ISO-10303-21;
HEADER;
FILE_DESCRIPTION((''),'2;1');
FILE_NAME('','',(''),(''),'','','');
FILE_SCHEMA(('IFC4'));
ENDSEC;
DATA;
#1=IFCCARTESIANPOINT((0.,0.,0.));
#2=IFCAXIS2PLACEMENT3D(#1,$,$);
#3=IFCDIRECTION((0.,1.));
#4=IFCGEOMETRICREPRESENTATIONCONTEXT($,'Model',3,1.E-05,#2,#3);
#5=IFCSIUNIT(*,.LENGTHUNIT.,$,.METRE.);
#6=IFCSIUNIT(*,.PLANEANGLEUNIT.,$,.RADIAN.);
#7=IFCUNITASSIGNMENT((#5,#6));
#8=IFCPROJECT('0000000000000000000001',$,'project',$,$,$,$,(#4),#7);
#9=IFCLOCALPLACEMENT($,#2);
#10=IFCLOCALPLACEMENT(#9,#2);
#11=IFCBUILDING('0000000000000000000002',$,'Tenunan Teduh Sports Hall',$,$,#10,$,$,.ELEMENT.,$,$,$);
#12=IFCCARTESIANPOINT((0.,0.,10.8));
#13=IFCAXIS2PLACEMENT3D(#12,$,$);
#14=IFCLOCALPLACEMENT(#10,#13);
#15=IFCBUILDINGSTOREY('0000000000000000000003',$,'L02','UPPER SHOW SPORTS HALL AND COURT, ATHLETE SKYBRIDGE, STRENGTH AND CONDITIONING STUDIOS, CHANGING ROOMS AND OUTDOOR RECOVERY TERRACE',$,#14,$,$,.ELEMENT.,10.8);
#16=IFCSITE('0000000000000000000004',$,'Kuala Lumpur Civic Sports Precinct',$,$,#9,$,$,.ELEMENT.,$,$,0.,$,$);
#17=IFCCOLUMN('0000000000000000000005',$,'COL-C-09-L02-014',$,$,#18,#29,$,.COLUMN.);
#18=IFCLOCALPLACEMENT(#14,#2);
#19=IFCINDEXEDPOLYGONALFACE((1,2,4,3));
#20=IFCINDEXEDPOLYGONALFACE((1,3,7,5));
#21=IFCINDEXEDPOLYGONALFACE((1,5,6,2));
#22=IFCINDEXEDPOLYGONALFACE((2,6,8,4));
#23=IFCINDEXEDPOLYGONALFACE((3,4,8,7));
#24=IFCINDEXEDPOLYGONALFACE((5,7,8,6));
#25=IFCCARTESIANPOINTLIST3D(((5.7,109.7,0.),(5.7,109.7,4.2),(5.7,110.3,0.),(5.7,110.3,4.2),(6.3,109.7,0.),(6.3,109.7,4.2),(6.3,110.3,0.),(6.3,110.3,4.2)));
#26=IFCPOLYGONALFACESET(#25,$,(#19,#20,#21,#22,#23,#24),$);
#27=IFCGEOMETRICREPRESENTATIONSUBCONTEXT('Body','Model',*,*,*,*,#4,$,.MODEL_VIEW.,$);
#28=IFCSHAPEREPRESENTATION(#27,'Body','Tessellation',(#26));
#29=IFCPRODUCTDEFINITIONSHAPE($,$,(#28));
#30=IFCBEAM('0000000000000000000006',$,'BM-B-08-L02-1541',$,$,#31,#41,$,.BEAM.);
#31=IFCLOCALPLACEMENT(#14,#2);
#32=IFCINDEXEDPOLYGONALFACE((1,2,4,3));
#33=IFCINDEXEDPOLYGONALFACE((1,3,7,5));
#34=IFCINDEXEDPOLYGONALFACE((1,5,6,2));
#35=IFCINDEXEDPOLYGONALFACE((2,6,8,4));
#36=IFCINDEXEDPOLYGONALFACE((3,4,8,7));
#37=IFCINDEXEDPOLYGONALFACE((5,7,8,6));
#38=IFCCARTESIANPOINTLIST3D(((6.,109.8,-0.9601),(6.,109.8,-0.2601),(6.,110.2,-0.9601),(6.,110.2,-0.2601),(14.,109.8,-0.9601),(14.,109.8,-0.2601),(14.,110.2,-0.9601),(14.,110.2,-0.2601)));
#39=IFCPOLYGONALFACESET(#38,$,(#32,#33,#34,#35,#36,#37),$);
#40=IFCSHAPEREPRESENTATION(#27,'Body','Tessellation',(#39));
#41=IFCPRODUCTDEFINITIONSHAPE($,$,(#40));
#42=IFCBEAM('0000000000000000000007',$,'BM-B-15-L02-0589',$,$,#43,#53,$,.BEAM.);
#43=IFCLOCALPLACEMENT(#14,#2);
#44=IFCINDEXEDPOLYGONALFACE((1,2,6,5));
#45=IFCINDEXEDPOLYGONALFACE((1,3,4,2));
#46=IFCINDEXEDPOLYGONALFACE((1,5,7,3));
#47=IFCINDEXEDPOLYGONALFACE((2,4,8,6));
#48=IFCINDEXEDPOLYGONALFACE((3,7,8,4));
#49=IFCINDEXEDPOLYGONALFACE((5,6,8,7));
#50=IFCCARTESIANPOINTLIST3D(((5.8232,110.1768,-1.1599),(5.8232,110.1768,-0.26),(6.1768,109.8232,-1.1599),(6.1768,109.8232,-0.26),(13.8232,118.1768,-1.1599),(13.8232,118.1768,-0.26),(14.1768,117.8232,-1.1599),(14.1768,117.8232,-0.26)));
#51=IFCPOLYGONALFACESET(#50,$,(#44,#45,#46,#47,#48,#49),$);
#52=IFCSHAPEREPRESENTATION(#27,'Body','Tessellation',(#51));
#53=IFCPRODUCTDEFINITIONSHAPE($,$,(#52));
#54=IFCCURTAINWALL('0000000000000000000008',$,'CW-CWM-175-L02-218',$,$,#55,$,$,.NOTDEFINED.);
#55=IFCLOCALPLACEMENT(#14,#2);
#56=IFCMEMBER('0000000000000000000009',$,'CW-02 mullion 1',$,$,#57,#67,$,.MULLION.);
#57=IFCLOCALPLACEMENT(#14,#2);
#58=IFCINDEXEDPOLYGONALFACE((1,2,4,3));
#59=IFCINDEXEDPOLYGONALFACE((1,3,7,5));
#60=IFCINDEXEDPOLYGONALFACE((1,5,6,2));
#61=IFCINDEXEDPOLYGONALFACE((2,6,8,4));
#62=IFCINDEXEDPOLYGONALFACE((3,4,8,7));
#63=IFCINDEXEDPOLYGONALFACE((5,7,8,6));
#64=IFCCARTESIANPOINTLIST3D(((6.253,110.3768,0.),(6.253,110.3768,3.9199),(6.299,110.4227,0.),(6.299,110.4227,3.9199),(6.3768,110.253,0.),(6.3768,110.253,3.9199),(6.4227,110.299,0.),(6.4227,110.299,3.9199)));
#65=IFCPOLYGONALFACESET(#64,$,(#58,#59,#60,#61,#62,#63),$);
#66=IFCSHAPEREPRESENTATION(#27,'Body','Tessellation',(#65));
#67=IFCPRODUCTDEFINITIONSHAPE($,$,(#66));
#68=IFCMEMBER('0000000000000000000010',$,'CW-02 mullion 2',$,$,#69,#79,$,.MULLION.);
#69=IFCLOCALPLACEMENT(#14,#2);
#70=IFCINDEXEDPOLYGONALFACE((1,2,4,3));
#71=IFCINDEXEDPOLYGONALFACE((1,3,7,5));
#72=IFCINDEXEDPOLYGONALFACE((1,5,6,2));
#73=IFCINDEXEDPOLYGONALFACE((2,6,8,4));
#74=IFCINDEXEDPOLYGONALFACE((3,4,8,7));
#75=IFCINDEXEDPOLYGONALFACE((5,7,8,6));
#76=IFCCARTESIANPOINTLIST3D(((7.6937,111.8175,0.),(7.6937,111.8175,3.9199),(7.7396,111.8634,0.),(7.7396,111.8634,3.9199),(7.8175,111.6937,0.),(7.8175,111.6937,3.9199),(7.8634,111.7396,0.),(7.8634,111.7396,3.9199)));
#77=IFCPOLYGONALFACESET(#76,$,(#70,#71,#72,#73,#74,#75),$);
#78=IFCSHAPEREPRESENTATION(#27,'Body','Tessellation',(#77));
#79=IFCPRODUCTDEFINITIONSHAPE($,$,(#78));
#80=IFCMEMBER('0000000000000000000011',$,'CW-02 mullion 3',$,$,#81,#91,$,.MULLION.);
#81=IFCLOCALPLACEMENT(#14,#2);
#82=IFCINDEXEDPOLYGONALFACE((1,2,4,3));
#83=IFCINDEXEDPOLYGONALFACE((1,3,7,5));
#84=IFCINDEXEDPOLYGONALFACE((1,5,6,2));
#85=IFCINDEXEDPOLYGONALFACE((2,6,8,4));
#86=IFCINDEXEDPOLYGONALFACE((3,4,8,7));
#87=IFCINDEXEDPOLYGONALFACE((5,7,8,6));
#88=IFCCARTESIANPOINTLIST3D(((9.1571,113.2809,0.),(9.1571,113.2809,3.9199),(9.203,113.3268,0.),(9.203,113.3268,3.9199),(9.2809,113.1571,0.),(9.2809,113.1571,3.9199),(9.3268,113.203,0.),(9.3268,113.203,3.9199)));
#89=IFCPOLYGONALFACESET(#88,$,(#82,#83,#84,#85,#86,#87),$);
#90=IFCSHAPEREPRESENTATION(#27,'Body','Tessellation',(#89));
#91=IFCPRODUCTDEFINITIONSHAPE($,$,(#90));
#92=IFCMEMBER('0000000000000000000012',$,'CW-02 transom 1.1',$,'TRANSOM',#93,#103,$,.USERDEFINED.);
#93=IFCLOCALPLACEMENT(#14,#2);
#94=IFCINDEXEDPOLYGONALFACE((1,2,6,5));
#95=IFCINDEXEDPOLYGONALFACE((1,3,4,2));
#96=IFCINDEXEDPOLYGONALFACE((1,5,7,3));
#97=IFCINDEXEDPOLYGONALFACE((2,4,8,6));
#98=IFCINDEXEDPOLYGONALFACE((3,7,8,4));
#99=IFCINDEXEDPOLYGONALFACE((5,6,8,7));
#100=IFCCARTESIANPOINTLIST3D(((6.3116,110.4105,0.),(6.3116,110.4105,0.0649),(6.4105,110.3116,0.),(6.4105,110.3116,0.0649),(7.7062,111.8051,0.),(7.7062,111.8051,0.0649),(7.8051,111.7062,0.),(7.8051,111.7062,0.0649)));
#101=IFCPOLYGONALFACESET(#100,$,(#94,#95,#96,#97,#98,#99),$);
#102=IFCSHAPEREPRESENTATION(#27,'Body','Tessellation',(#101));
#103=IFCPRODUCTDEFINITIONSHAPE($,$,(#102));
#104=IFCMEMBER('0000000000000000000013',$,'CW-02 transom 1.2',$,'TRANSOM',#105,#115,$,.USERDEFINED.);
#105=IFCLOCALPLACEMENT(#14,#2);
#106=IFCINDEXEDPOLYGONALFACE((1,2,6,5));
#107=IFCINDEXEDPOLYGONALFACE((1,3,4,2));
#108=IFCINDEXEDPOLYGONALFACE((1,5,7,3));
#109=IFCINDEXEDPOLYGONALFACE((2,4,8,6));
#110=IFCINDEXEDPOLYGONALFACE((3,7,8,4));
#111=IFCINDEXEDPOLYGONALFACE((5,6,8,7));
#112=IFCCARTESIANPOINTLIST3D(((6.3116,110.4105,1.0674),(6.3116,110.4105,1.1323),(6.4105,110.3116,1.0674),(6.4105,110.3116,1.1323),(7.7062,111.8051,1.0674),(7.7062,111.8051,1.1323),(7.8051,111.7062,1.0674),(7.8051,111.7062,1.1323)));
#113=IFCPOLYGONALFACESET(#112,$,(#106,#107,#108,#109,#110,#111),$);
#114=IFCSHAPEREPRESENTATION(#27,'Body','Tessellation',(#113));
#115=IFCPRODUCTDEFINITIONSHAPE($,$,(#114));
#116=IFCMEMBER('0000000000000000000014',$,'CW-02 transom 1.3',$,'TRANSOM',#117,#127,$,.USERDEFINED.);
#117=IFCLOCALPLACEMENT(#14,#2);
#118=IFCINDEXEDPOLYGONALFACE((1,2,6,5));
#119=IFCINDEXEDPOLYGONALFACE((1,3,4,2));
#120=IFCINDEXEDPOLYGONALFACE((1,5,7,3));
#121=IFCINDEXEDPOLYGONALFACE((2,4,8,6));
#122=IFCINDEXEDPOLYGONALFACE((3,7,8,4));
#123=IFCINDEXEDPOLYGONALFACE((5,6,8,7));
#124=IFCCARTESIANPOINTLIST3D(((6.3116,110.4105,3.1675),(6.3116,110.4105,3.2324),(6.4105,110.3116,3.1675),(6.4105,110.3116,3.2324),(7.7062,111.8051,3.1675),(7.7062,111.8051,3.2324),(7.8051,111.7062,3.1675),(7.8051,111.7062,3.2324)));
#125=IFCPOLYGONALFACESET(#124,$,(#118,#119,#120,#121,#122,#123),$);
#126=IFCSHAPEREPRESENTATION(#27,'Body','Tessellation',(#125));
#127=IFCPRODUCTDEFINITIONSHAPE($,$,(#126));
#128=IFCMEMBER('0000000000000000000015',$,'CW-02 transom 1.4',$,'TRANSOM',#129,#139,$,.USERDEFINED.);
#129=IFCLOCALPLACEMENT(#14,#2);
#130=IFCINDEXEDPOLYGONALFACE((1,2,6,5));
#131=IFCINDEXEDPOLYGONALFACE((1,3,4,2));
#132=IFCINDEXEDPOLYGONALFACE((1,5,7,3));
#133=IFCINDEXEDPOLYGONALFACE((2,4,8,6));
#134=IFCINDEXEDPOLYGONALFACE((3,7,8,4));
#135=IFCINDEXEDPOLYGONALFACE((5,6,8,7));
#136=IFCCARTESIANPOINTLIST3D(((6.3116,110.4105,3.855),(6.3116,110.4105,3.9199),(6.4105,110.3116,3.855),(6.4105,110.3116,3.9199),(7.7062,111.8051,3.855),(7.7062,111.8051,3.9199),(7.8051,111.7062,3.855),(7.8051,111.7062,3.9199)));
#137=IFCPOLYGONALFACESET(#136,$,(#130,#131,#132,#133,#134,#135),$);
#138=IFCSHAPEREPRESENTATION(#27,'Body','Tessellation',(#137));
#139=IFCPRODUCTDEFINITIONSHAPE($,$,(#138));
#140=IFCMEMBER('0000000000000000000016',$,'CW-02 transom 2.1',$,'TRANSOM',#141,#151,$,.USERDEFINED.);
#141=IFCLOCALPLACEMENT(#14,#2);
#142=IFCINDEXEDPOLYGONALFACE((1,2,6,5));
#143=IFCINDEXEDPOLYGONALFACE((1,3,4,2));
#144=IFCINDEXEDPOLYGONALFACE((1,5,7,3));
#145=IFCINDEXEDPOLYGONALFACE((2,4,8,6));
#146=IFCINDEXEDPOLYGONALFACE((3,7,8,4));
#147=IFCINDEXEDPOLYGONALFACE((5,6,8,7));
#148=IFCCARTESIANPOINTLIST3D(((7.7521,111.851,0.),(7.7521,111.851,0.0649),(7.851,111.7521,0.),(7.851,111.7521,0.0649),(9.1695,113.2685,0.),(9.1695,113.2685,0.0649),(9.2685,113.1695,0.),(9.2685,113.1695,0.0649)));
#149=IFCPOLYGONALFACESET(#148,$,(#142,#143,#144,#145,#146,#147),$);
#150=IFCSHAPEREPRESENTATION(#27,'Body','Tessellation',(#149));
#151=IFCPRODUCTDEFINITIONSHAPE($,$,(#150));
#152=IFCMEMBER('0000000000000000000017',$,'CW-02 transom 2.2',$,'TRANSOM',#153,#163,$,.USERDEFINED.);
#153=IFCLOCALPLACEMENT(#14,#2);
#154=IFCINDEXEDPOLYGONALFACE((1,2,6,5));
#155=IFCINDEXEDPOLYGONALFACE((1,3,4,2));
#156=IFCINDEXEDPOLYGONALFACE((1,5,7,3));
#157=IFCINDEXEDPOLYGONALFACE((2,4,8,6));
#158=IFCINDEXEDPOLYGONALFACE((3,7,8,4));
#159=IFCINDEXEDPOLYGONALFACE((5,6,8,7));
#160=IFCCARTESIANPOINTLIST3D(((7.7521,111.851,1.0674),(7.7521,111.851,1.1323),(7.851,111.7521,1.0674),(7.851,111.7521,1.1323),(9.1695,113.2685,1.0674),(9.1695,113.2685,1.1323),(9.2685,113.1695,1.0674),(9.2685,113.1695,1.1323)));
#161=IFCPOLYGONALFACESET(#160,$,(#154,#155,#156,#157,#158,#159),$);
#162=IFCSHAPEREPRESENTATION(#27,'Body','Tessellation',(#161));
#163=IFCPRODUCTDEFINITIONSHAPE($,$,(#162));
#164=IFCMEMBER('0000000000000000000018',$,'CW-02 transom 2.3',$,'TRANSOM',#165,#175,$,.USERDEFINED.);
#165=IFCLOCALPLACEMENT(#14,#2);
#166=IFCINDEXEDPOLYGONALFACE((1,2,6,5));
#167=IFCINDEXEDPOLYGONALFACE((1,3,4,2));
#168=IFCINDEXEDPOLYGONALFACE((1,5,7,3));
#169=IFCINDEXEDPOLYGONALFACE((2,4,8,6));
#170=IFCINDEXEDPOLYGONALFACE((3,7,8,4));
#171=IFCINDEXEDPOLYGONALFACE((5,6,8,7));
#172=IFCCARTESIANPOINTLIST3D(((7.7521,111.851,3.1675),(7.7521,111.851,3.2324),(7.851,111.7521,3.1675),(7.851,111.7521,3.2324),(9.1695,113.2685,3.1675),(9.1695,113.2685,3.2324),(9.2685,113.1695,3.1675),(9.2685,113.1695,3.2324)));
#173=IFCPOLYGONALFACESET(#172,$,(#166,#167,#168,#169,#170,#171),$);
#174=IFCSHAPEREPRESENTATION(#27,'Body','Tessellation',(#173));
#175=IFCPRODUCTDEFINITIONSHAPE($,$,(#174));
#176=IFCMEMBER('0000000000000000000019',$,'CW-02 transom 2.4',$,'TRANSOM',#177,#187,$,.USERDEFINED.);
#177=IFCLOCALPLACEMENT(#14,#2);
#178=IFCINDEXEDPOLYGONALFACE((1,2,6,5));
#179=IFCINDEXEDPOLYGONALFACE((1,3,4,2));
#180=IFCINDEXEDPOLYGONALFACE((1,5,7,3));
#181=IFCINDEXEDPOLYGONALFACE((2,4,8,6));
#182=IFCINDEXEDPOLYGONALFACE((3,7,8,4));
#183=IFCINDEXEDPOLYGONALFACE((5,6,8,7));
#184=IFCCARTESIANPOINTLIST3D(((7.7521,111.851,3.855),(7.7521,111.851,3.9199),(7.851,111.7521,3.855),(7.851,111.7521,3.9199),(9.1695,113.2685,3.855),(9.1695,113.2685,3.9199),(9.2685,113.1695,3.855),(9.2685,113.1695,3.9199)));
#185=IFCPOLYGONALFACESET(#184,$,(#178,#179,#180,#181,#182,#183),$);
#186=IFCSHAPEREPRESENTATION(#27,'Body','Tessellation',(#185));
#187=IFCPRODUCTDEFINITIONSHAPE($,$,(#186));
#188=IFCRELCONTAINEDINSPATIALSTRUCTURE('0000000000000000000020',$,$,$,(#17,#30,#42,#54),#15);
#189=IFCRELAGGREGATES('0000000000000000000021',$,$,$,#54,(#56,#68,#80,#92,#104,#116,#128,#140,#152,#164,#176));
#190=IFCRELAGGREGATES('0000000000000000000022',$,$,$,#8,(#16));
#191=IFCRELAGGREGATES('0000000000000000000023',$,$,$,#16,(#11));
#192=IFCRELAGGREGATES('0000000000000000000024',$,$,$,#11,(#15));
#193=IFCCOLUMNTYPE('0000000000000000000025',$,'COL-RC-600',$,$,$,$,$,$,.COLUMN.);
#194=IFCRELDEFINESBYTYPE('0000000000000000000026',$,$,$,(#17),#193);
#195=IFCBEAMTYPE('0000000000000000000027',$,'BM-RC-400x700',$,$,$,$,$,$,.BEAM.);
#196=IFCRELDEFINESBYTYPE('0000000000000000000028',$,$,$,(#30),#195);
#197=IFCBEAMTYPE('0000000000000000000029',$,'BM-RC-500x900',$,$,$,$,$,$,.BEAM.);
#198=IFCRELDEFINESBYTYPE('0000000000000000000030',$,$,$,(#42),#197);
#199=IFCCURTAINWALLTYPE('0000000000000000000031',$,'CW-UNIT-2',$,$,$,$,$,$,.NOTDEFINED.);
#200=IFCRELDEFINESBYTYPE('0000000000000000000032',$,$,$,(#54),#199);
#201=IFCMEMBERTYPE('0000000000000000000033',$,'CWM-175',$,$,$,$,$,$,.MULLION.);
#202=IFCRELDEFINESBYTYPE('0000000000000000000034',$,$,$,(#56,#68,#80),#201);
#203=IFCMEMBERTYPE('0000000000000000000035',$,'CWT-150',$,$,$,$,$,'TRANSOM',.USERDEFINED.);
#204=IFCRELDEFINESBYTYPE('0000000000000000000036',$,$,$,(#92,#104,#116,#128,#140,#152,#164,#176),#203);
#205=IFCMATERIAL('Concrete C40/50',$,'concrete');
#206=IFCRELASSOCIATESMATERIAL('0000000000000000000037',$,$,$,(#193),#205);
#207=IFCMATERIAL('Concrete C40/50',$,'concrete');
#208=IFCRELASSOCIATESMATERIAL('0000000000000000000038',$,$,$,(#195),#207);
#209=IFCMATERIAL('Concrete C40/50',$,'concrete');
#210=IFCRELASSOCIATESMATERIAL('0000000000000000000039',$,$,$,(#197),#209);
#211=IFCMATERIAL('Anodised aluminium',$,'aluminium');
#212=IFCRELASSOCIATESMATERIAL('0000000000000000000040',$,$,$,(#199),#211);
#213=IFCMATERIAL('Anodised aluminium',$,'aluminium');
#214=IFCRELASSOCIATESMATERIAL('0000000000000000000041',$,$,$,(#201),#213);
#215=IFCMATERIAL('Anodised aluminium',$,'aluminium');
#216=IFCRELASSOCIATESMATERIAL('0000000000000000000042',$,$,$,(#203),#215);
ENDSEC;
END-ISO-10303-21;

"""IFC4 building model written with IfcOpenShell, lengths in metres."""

from ifc_helpers import new_model, si_unit, direction, frame, origin, origin_2d, place, context, subcontext, project, spatial, rectangle, extrude, material, material_profile, profile_set, type_object, element, aggregate, save


model = new_model("IFC4")

# Units and contexts
model_context = context("Model", 3, precision=1e-05, world=origin(), true_north=direction((0.0, 1.0)))
body_context = subcontext(model_context, "Body", "Model", "MODEL_VIEW")
ifc_project = project(units=[si_unit("LENGTHUNIT", "METRE"), si_unit("PLANEANGLEUNIT", "RADIAN")], contexts=[model_context])

# Site, building, storey
site_placement = place(None, origin())
site = spatial("IfcSite", under=ifc_project, at=site_placement, Name="Kuala Lumpur Civic Sports Precinct", CompositionType="ELEMENT", RefElevation=0.0)
building_placement = place(site_placement, origin())
building = spatial("IfcBuilding", under=site, at=building_placement, Name="Tenunan Teduh Sports Hall", CompositionType="ELEMENT")
storey_placement = place(building_placement, frame((0.0, 0.0, 10.8)))
storey = spatial("IfcBuildingStorey", under=building, at=storey_placement, Name="L02", Description="UPPER SHOW SPORTS HALL AND COURT, ATHLETE SKYBRIDGE, STRENGTH AND CONDITIONING STUDIOS, CHANGING ROOMS AND OUTDOOR RECOVERY TERRACE", CompositionType="ELEMENT", Elevation=10.8)

# Column
ifc_material_1 = material(Name="Concrete C40/50", Category="concrete")
ifc_material_profile_1 = material_profile(ifc_material_1, rectangle(XDim=0.6001, YDim=0.6001, at=origin_2d()), Name="RC 600x600")
ifc_profile_set_1 = profile_set([ifc_material_profile_1], Name="Concrete C40/50")
column_type = type_object("IfcColumnType", Name="COL-RC-600", PredefinedType="COLUMN", material=ifc_profile_set_1)
column_placement = place(storey_placement, frame((6.0, 110.0, 0.0), z_axis=(0.0, 0.0, 1.0), x_axis=(1.0, 0.0, 0.0)))
element("IfcColumn", 1, at=column_placement, inside=storey, type_object=column_type, Name="COL-C-09-L02-014", PredefinedType="COLUMN", context=body_context, shape_type="SweptSolid", body=[
    extrude(rectangle(XDim=0.6001, YDim=0.6001, at=origin_2d()), origin(), (0.0, 0.0, 1.0), 4.2),
])

# Beams
ifc_material_2 = material(Name="Concrete C40/50", Category="concrete")
ifc_material_profile_2 = material_profile(ifc_material_2, rectangle(XDim=0.3999, YDim=0.7, at=origin_2d()), Name="RCB 400x700")
ifc_profile_set_2 = profile_set([ifc_material_profile_2], Name="Concrete C40/50")
beam_type_1 = type_object("IfcBeamType", Name="BM-RC-400x700", PredefinedType="BEAM", material=ifc_profile_set_2)
beam_1_placement = place(storey_placement, frame((6.0, 110.0, -0.6101), z_axis=(1.0, 0.0, 0.0), x_axis=(0.0, 1.0, 0.0)))
element("IfcBeam", 2, at=beam_1_placement, inside=storey, type_object=beam_type_1, Name="BM-B-08-L02-1541", PredefinedType="BEAM", context=body_context, shape_type="SweptSolid", body=[
    extrude(rectangle(XDim=0.3999, YDim=0.7, at=origin_2d()), origin(), (0.0, 0.0, 1.0), 8.0),
])
ifc_material_3 = material(Name="Concrete C40/50", Category="concrete")
ifc_material_profile_3 = material_profile(ifc_material_3, rectangle(XDim=0.5, YDim=0.8999, at=origin_2d()), Name="RCB 500x900")
ifc_profile_set_3 = profile_set([ifc_material_profile_3], Name="Concrete C40/50")
beam_type_2 = type_object("IfcBeamType", Name="BM-RC-500x900", PredefinedType="BEAM", material=ifc_profile_set_3)
beam_2_placement = place(storey_placement, frame((6.0, 110.0, -0.71), z_axis=(0.707107, 0.707107, 0.0), x_axis=(-0.707107, 0.707107, 0.0)))
element("IfcBeam", 3, at=beam_2_placement, inside=storey, type_object=beam_type_2, Name="BM-B-15-L02-0589", PredefinedType="BEAM", context=body_context, shape_type="SweptSolid", body=[
    extrude(rectangle(XDim=0.5, YDim=0.8999, at=origin_2d()), origin(), (0.0, 0.0, 1.0), 11.3137),
])

# Curtain wall, members
ifc_material_4 = material(Name="Anodised aluminium", Category="aluminium")
curtain_wall_type = type_object("IfcCurtainWallType", Name="CW-UNIT-2", PredefinedType="NOTDEFINED", material=ifc_material_4)
curtain_wall_placement = place(storey_placement, origin())
curtain_wall = element("IfcCurtainWall", 4, at=curtain_wall_placement, inside=storey, type_object=curtain_wall_type, Name="CW-CWM-175-L02-218", PredefinedType="NOTDEFINED")
ifc_material_5 = material(Name="Anodised aluminium", Category="aluminium")
ifc_material_profile_4 = material_profile(ifc_material_5, rectangle(XDim=0.0649, YDim=0.175, at=origin_2d()), Name="CWM 65x175")
ifc_profile_set_4 = profile_set([ifc_material_profile_4], Name="Anodised aluminium")
member_type_1 = type_object("IfcMemberType", Name="CWM-175", PredefinedType="MULLION", material=ifc_profile_set_4)
member_1_placement = place(storey_placement, frame((6.3379, 110.3379, 0.0), z_axis=(0.0, 0.0, 1.0), x_axis=(0.707107, 0.707107, 0.0)))
member_1 = element("IfcMember", 5, at=member_1_placement, type_object=member_type_1, Name="CW-02 mullion 1", PredefinedType="MULLION", context=body_context, shape_type="SweptSolid", body=[
    extrude(rectangle(XDim=0.0649, YDim=0.175, at=origin_2d()), origin(), (0.0, 0.0, 1.0), 3.9199),
])
member_2_placement = place(storey_placement, frame((7.7786, 111.7786, 0.0), z_axis=(0.0, 0.0, 1.0), x_axis=(0.707107, 0.707107, 0.0)))
member_2 = element("IfcMember", 6, at=member_2_placement, type_object=member_type_1, Name="CW-02 mullion 2", PredefinedType="MULLION", context=body_context, shape_type="SweptSolid", body=[
    extrude(rectangle(XDim=0.0649, YDim=0.175, at=origin_2d()), origin(), (0.0, 0.0, 1.0), 3.9199),
])
member_3_placement = place(storey_placement, frame((9.2419, 113.2419, 0.0), z_axis=(0.0, 0.0, 1.0), x_axis=(0.707107, 0.707107, 0.0)))
member_3 = element("IfcMember", 7, at=member_3_placement, type_object=member_type_1, Name="CW-02 mullion 3", PredefinedType="MULLION", context=body_context, shape_type="SweptSolid", body=[
    extrude(rectangle(XDim=0.0649, YDim=0.175, at=origin_2d()), origin(), (0.0, 0.0, 1.0), 3.9199),
])
ifc_material_6 = material(Name="Anodised aluminium", Category="aluminium")
ifc_material_profile_5 = material_profile(ifc_material_6, rectangle(XDim=0.0649, YDim=0.1399, at=origin_2d()), Name="CWT 65x140")
ifc_profile_set_5 = profile_set([ifc_material_profile_5], Name="Anodised aluminium")
member_type_2 = type_object("IfcMemberType", Name="CWT-150", ElementType="TRANSOM", PredefinedType="USERDEFINED", material=ifc_profile_set_5)
member_4_placement = place(storey_placement, frame((6.3611, 110.3611, 0.0325), z_axis=(0.707107, 0.707107, 0.0), x_axis=(0.0, 0.0, 1.0)))
member_4 = element("IfcMember", 8, at=member_4_placement, type_object=member_type_2, Name="CW-02 transom 1.1", ObjectType="TRANSOM", PredefinedType="USERDEFINED", context=body_context, shape_type="SweptSolid", body=[
    extrude(rectangle(XDim=0.0649, YDim=0.1399, at=origin_2d()), origin(), (0.0, 0.0, 1.0), 1.9722),
])
member_5_placement = place(storey_placement, frame((6.3611, 110.3611, 1.0999), z_axis=(0.707107, 0.707107, 0.0), x_axis=(0.0, 0.0, 1.0)))
member_5 = element("IfcMember", 9, at=member_5_placement, type_object=member_type_2, Name="CW-02 transom 1.2", ObjectType="TRANSOM", PredefinedType="USERDEFINED", context=body_context, shape_type="SweptSolid", body=[
    extrude(rectangle(XDim=0.0649, YDim=0.1399, at=origin_2d()), origin(), (0.0, 0.0, 1.0), 1.9722),
])
member_6_placement = place(storey_placement, frame((6.3611, 110.3611, 3.2), z_axis=(0.707107, 0.707107, 0.0), x_axis=(0.0, 0.0, 1.0)))
member_6 = element("IfcMember", 10, at=member_6_placement, type_object=member_type_2, Name="CW-02 transom 1.3", ObjectType="TRANSOM", PredefinedType="USERDEFINED", context=body_context, shape_type="SweptSolid", body=[
    extrude(rectangle(XDim=0.0649, YDim=0.1399, at=origin_2d()), origin(), (0.0, 0.0, 1.0), 1.9722),
])
member_7_placement = place(storey_placement, frame((6.3611, 110.3611, 3.8875), z_axis=(0.707107, 0.707107, 0.0), x_axis=(0.0, 0.0, 1.0)))
member_7 = element("IfcMember", 11, at=member_7_placement, type_object=member_type_2, Name="CW-02 transom 1.4", ObjectType="TRANSOM", PredefinedType="USERDEFINED", context=body_context, shape_type="SweptSolid", body=[
    extrude(rectangle(XDim=0.0649, YDim=0.1399, at=origin_2d()), origin(), (0.0, 0.0, 1.0), 1.9722),
])
member_8_placement = place(storey_placement, frame((7.8015, 111.8015, 0.0325), z_axis=(0.707107, 0.707107, 0.0), x_axis=(0.0, 0.0, 1.0)))
member_8 = element("IfcMember", 12, at=member_8_placement, type_object=member_type_2, Name="CW-02 transom 2.1", ObjectType="TRANSOM", PredefinedType="USERDEFINED", context=body_context, shape_type="SweptSolid", body=[
    extrude(rectangle(XDim=0.0649, YDim=0.1399, at=origin_2d()), origin(), (0.0, 0.0, 1.0), 2.0046),
])
member_9_placement = place(storey_placement, frame((7.8015, 111.8015, 1.0999), z_axis=(0.707107, 0.707107, 0.0), x_axis=(0.0, 0.0, 1.0)))
member_9 = element("IfcMember", 13, at=member_9_placement, type_object=member_type_2, Name="CW-02 transom 2.2", ObjectType="TRANSOM", PredefinedType="USERDEFINED", context=body_context, shape_type="SweptSolid", body=[
    extrude(rectangle(XDim=0.0649, YDim=0.1399, at=origin_2d()), origin(), (0.0, 0.0, 1.0), 2.0046),
])
member_10_placement = place(storey_placement, frame((7.8015, 111.8015, 3.2), z_axis=(0.707107, 0.707107, 0.0), x_axis=(0.0, 0.0, 1.0)))
member_10 = element("IfcMember", 14, at=member_10_placement, type_object=member_type_2, Name="CW-02 transom 2.3", ObjectType="TRANSOM", PredefinedType="USERDEFINED", context=body_context, shape_type="SweptSolid", body=[
    extrude(rectangle(XDim=0.0649, YDim=0.1399, at=origin_2d()), origin(), (0.0, 0.0, 1.0), 2.0046),
])
member_11_placement = place(storey_placement, frame((7.8015, 111.8015, 3.8875), z_axis=(0.707107, 0.707107, 0.0), x_axis=(0.0, 0.0, 1.0)))
member_11 = element("IfcMember", 15, at=member_11_placement, type_object=member_type_2, Name="CW-02 transom 2.4", ObjectType="TRANSOM", PredefinedType="USERDEFINED", context=body_context, shape_type="SweptSolid", body=[
    extrude(rectangle(XDim=0.0649, YDim=0.1399, at=origin_2d()), origin(), (0.0, 0.0, 1.0), 2.0046),
])

aggregate(curtain_wall, [member_1, member_2, member_3, member_4, member_5, member_6, member_7, member_8, member_9, member_10, member_11])

save(model, "model.ifc")
